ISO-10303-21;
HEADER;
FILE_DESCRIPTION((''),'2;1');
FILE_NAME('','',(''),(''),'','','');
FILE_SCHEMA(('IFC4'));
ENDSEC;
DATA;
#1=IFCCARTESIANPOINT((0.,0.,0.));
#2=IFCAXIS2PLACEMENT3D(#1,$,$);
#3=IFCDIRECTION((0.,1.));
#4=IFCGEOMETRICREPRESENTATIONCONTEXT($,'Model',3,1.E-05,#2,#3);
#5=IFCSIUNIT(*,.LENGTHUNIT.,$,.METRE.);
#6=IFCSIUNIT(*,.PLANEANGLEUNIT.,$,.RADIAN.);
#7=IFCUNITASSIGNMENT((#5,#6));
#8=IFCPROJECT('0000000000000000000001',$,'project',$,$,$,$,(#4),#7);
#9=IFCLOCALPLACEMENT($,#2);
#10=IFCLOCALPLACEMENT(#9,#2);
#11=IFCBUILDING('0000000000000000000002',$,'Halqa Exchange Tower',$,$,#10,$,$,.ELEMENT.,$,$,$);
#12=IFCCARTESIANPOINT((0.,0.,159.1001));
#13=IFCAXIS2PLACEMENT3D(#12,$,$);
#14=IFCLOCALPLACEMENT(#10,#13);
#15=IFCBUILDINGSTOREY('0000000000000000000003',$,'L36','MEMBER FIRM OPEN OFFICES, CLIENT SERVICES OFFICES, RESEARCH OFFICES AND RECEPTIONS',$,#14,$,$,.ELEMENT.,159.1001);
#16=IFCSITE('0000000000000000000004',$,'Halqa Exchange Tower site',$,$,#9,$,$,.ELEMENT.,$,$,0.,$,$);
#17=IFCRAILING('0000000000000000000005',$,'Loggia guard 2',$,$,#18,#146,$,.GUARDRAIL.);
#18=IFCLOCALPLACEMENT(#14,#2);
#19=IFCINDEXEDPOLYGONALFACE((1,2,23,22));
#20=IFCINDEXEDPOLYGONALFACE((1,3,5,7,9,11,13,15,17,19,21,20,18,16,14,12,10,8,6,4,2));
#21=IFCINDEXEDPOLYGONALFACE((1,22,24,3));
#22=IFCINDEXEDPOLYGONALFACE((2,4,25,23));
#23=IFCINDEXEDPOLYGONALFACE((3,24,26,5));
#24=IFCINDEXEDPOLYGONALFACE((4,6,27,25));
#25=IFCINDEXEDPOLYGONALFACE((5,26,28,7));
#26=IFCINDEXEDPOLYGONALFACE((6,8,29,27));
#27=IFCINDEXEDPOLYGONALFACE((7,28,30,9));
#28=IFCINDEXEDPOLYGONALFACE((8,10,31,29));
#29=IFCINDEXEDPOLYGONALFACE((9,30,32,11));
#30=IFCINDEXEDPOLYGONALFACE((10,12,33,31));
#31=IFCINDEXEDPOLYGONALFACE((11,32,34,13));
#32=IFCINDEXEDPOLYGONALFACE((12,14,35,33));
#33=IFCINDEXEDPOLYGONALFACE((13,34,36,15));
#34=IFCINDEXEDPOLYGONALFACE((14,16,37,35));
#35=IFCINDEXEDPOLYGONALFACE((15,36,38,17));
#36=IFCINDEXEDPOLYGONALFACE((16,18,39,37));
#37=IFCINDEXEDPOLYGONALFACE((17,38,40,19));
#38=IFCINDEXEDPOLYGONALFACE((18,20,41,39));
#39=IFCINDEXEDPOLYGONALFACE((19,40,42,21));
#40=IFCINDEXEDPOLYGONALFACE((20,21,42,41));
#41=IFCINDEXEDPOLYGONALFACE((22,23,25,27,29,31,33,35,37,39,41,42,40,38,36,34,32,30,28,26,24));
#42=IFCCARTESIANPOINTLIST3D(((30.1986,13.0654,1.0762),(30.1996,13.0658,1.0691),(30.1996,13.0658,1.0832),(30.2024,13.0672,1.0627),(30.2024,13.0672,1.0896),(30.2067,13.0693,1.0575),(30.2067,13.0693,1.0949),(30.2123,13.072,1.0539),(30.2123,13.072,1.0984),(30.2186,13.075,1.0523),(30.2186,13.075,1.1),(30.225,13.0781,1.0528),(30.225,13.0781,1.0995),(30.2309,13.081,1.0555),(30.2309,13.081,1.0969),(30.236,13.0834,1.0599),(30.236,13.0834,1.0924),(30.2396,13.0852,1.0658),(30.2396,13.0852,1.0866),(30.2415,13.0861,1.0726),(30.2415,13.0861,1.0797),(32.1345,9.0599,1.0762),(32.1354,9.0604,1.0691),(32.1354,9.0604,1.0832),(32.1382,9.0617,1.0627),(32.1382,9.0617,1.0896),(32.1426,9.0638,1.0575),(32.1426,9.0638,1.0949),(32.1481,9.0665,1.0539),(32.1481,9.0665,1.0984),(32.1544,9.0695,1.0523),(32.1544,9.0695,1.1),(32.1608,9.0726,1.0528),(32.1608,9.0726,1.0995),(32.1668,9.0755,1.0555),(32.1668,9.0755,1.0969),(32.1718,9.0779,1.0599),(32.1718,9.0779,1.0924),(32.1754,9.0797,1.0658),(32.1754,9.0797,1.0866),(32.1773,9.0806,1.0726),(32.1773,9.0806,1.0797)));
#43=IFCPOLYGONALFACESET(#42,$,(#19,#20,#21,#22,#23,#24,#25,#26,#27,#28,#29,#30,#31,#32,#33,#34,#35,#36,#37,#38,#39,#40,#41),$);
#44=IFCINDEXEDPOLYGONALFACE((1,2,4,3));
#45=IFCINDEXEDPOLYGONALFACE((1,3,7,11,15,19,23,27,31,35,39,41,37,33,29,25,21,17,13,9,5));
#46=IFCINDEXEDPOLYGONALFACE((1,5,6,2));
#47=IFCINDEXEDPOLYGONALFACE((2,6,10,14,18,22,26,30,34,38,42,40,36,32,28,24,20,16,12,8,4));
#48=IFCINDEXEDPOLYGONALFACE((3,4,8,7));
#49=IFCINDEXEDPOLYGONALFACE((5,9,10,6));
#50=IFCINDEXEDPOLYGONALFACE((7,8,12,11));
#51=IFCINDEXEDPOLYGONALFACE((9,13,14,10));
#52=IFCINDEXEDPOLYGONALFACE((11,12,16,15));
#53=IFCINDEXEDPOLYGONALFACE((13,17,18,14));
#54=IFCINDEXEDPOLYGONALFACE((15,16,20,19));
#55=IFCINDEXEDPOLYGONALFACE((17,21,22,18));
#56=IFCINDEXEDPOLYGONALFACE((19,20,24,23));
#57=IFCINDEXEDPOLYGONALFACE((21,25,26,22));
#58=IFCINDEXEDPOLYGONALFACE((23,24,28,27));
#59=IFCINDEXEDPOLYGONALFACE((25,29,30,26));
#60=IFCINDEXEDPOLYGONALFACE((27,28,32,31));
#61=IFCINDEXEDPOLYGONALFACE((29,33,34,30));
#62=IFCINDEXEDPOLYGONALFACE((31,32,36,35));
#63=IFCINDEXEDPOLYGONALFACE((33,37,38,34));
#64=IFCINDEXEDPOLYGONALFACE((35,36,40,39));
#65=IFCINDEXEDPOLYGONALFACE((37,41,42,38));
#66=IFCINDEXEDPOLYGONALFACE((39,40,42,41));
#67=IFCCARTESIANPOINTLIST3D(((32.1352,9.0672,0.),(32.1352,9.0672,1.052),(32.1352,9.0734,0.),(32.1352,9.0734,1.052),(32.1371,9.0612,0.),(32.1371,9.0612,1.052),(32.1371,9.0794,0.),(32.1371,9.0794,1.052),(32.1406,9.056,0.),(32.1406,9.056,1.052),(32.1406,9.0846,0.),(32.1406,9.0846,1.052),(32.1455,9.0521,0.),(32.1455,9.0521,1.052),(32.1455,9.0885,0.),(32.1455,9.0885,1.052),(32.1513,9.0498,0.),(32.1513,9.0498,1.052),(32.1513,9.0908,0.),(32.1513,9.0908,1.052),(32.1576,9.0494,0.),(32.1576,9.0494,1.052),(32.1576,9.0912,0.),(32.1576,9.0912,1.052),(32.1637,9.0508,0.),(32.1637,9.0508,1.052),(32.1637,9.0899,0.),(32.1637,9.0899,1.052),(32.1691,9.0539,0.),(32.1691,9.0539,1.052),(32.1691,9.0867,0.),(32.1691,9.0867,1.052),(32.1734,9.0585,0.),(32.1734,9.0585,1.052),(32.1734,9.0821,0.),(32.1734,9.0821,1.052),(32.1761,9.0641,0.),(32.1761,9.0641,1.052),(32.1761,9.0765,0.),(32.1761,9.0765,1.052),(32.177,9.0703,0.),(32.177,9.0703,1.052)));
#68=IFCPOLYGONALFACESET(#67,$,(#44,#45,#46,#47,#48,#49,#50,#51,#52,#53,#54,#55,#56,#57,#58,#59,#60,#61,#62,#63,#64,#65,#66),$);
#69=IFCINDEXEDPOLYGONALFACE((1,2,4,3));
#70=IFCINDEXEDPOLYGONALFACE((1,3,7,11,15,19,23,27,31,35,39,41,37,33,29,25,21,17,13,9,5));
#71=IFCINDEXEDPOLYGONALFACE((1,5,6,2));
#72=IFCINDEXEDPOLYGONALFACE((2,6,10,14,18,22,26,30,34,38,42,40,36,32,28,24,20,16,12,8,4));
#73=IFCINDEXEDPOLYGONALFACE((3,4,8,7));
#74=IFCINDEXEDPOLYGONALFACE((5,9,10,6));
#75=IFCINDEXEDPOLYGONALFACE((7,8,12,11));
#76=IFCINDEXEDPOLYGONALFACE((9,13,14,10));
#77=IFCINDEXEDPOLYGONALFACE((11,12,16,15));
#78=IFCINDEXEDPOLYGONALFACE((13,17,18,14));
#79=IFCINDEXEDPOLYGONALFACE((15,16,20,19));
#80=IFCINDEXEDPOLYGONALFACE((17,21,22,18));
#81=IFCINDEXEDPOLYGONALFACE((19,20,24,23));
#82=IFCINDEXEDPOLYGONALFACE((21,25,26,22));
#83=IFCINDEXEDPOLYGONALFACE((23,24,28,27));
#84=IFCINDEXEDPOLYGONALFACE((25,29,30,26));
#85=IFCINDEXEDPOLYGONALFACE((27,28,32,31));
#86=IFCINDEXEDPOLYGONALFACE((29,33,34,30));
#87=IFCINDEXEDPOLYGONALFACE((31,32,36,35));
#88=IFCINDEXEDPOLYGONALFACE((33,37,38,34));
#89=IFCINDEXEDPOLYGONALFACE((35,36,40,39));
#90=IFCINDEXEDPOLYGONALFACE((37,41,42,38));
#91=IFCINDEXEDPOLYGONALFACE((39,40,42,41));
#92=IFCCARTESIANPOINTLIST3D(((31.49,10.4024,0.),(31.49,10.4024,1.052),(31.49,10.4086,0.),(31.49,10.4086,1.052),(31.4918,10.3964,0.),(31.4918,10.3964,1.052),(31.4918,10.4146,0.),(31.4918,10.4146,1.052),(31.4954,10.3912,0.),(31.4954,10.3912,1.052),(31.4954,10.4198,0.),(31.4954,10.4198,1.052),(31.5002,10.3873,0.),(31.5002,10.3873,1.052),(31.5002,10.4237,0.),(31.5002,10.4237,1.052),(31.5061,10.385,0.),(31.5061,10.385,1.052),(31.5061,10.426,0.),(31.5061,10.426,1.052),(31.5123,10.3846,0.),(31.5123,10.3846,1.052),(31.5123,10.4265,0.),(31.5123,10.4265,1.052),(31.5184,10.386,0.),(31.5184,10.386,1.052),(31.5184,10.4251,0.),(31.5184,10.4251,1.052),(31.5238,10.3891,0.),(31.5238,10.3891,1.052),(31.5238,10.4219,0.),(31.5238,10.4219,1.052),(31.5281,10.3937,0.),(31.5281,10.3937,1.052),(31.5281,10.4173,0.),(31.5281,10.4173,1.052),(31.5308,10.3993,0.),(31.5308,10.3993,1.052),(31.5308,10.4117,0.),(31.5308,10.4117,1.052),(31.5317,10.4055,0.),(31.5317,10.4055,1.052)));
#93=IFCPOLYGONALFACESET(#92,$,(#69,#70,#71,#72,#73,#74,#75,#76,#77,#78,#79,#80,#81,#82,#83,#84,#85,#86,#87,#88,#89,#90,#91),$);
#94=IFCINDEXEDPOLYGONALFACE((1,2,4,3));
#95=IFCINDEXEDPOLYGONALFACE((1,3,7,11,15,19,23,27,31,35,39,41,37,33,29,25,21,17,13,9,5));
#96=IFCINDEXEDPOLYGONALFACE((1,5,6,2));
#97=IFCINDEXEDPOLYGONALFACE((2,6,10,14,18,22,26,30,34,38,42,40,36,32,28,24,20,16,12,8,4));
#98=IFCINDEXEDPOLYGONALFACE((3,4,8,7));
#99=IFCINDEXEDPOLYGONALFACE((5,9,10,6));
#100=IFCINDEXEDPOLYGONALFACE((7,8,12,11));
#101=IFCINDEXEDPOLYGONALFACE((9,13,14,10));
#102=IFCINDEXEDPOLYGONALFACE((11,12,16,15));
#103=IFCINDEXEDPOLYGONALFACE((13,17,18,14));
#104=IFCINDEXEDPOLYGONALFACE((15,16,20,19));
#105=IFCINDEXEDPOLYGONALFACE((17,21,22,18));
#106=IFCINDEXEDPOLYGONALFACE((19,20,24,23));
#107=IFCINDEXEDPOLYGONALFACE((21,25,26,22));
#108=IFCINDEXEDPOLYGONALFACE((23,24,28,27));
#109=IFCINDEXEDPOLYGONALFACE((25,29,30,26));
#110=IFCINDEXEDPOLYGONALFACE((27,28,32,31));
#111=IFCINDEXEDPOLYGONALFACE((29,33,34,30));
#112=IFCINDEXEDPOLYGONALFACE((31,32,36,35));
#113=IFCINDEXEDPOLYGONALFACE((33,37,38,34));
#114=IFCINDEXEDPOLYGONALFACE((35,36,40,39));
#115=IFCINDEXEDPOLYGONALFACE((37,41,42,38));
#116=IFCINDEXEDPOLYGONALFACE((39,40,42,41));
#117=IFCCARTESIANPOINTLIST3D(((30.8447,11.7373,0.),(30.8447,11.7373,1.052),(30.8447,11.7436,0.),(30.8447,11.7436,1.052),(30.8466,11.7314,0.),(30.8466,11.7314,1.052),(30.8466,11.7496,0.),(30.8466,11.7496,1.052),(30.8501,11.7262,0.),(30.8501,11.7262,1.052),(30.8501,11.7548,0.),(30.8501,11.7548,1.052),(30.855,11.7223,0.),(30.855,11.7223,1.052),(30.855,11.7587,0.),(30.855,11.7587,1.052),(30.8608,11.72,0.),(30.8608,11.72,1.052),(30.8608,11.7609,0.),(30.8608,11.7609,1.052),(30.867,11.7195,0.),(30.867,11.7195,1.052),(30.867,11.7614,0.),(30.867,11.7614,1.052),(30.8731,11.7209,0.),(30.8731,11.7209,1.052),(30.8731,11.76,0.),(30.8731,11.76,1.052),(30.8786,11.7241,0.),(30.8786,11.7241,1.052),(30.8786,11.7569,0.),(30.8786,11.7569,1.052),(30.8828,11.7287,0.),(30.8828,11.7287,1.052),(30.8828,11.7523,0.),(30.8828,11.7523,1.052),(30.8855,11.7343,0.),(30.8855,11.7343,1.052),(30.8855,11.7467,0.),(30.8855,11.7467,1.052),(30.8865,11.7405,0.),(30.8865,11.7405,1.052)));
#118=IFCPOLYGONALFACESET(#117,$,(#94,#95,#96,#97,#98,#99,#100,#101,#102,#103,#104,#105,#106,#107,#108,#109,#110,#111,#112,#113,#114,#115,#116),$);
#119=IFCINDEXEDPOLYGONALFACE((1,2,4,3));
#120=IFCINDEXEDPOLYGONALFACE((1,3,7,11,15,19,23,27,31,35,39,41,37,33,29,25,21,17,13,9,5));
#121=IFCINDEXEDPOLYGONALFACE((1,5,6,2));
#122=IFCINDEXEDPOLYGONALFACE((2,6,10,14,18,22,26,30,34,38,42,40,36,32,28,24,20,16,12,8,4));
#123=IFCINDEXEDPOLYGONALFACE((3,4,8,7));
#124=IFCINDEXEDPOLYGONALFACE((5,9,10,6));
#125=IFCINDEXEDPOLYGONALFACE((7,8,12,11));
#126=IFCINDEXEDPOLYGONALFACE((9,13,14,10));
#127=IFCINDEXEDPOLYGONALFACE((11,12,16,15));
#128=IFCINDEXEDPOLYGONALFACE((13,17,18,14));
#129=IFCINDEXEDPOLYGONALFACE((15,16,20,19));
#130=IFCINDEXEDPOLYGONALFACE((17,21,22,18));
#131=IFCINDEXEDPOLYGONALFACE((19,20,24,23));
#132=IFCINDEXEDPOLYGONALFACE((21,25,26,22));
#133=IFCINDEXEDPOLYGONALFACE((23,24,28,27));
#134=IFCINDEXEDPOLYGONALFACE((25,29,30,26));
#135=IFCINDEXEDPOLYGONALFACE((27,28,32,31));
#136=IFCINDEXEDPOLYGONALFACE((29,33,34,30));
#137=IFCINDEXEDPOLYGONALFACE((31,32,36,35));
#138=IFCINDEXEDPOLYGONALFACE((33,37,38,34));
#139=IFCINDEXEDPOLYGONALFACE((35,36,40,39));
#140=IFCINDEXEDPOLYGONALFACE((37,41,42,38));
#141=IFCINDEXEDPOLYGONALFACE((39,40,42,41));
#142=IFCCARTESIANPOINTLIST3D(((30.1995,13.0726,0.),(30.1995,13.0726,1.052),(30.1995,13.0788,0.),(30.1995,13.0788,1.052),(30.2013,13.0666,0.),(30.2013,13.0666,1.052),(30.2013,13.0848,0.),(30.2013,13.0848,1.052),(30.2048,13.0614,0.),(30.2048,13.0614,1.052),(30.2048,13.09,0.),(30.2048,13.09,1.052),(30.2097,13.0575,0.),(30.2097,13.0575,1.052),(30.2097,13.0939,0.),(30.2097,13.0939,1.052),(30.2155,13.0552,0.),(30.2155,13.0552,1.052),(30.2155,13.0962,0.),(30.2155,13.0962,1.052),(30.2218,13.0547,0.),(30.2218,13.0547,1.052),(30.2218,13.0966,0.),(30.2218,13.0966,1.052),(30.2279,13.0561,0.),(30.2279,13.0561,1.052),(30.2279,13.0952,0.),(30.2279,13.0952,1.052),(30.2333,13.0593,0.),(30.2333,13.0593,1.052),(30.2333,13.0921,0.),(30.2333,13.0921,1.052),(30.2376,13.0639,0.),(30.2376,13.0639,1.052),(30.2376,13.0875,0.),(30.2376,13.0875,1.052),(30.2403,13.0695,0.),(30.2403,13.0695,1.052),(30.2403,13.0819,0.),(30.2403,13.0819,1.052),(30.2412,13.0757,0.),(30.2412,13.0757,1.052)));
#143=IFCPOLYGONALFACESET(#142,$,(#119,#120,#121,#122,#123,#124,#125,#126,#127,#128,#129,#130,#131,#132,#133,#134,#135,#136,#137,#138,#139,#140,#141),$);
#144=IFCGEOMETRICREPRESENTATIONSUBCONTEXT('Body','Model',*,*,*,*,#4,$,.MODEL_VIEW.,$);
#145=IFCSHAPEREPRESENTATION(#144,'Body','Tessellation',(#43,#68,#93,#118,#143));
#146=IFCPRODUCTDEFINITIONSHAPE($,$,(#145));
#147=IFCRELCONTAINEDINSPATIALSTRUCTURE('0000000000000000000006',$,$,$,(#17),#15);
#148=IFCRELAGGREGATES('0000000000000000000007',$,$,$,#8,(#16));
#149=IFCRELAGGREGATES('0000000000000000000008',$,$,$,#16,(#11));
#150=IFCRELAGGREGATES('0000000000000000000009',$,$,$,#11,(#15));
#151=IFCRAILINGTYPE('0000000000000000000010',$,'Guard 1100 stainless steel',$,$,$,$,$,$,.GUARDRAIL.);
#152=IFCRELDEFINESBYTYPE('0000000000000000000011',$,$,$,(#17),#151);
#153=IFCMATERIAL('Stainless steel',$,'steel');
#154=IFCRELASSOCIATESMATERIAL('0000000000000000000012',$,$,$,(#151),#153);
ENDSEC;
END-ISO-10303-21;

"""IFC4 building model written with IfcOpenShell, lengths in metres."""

from ifc_helpers import new_model, si_unit, direction, frame, origin, origin_2d, place, context, subcontext, project, spatial, circle, extrude, material, type_object, element, save


model = new_model("IFC4")

# Units and contexts
model_context = context("Model", 3, precision=1e-05, world=origin(), true_north=direction((0.0, 1.0)))
body_context = subcontext(model_context, "Body", "Model", "MODEL_VIEW")
ifc_project = project(units=[si_unit("LENGTHUNIT", "METRE"), si_unit("PLANEANGLEUNIT", "RADIAN")], contexts=[model_context])

# Site, building, storey
site_placement = place(None, origin())
site = spatial("IfcSite", under=ifc_project, at=site_placement, Name="Halqa Exchange Tower site", CompositionType="ELEMENT", RefElevation=0.0)
building_placement = place(site_placement, origin())
building = spatial("IfcBuilding", under=site, at=building_placement, Name="Halqa Exchange Tower", CompositionType="ELEMENT")
storey_placement = place(building_placement, frame((0.0, 0.0, 159.1001)))
storey = spatial("IfcBuildingStorey", under=building, at=storey_placement, Name="L36", Description="MEMBER FIRM OPEN OFFICES, CLIENT SERVICES OFFICES, RESEARCH OFFICES AND RECEPTIONS", CompositionType="ELEMENT", Elevation=159.1001)

# Railing
ifc_material_1 = material(Name="Stainless steel", Category="steel")
railing_type = type_object("IfcRailingType", Name="Guard 1100 stainless steel", PredefinedType="GUARDRAIL", material=ifc_material_1)
railing_1_placement = place(storey_placement, frame((32.156, 9.0703, 0.0)))
element("IfcRailing", 1, at=railing_1_placement, inside=storey, type_object=railing_type, Name="Loggia guard 2", PredefinedType="GUARDRAIL", context=body_context, shape_type="SweptSolid", body=[
    extrude(circle(Radius=0.0239, at=origin_2d()), frame((0.0, 0.0, 1.0762), z_axis=(-0.435143, 0.900361, 0.0), x_axis=(-0.900361, -0.435143, 0.0)), (0.0, 0.0, 1.0), 4.4487),
    extrude(circle(Radius=0.021, at=origin_2d()), origin(), (0.0, 0.0, 1.0), 1.052),
    extrude(circle(Radius=0.021, at=origin_2d()), frame((-0.6453, 1.3352, 0.0)), (0.0, 0.0, 1.0), 1.052),
    extrude(circle(Radius=0.021, at=origin_2d()), frame((-1.2905, 2.6702, 0.0)), (0.0, 0.0, 1.0), 1.052),
    extrude(circle(Radius=0.021, at=origin_2d()), frame((-1.9358, 4.0054, 0.0)), (0.0, 0.0, 1.0), 1.052),
])

save(model, "model.ifc")
